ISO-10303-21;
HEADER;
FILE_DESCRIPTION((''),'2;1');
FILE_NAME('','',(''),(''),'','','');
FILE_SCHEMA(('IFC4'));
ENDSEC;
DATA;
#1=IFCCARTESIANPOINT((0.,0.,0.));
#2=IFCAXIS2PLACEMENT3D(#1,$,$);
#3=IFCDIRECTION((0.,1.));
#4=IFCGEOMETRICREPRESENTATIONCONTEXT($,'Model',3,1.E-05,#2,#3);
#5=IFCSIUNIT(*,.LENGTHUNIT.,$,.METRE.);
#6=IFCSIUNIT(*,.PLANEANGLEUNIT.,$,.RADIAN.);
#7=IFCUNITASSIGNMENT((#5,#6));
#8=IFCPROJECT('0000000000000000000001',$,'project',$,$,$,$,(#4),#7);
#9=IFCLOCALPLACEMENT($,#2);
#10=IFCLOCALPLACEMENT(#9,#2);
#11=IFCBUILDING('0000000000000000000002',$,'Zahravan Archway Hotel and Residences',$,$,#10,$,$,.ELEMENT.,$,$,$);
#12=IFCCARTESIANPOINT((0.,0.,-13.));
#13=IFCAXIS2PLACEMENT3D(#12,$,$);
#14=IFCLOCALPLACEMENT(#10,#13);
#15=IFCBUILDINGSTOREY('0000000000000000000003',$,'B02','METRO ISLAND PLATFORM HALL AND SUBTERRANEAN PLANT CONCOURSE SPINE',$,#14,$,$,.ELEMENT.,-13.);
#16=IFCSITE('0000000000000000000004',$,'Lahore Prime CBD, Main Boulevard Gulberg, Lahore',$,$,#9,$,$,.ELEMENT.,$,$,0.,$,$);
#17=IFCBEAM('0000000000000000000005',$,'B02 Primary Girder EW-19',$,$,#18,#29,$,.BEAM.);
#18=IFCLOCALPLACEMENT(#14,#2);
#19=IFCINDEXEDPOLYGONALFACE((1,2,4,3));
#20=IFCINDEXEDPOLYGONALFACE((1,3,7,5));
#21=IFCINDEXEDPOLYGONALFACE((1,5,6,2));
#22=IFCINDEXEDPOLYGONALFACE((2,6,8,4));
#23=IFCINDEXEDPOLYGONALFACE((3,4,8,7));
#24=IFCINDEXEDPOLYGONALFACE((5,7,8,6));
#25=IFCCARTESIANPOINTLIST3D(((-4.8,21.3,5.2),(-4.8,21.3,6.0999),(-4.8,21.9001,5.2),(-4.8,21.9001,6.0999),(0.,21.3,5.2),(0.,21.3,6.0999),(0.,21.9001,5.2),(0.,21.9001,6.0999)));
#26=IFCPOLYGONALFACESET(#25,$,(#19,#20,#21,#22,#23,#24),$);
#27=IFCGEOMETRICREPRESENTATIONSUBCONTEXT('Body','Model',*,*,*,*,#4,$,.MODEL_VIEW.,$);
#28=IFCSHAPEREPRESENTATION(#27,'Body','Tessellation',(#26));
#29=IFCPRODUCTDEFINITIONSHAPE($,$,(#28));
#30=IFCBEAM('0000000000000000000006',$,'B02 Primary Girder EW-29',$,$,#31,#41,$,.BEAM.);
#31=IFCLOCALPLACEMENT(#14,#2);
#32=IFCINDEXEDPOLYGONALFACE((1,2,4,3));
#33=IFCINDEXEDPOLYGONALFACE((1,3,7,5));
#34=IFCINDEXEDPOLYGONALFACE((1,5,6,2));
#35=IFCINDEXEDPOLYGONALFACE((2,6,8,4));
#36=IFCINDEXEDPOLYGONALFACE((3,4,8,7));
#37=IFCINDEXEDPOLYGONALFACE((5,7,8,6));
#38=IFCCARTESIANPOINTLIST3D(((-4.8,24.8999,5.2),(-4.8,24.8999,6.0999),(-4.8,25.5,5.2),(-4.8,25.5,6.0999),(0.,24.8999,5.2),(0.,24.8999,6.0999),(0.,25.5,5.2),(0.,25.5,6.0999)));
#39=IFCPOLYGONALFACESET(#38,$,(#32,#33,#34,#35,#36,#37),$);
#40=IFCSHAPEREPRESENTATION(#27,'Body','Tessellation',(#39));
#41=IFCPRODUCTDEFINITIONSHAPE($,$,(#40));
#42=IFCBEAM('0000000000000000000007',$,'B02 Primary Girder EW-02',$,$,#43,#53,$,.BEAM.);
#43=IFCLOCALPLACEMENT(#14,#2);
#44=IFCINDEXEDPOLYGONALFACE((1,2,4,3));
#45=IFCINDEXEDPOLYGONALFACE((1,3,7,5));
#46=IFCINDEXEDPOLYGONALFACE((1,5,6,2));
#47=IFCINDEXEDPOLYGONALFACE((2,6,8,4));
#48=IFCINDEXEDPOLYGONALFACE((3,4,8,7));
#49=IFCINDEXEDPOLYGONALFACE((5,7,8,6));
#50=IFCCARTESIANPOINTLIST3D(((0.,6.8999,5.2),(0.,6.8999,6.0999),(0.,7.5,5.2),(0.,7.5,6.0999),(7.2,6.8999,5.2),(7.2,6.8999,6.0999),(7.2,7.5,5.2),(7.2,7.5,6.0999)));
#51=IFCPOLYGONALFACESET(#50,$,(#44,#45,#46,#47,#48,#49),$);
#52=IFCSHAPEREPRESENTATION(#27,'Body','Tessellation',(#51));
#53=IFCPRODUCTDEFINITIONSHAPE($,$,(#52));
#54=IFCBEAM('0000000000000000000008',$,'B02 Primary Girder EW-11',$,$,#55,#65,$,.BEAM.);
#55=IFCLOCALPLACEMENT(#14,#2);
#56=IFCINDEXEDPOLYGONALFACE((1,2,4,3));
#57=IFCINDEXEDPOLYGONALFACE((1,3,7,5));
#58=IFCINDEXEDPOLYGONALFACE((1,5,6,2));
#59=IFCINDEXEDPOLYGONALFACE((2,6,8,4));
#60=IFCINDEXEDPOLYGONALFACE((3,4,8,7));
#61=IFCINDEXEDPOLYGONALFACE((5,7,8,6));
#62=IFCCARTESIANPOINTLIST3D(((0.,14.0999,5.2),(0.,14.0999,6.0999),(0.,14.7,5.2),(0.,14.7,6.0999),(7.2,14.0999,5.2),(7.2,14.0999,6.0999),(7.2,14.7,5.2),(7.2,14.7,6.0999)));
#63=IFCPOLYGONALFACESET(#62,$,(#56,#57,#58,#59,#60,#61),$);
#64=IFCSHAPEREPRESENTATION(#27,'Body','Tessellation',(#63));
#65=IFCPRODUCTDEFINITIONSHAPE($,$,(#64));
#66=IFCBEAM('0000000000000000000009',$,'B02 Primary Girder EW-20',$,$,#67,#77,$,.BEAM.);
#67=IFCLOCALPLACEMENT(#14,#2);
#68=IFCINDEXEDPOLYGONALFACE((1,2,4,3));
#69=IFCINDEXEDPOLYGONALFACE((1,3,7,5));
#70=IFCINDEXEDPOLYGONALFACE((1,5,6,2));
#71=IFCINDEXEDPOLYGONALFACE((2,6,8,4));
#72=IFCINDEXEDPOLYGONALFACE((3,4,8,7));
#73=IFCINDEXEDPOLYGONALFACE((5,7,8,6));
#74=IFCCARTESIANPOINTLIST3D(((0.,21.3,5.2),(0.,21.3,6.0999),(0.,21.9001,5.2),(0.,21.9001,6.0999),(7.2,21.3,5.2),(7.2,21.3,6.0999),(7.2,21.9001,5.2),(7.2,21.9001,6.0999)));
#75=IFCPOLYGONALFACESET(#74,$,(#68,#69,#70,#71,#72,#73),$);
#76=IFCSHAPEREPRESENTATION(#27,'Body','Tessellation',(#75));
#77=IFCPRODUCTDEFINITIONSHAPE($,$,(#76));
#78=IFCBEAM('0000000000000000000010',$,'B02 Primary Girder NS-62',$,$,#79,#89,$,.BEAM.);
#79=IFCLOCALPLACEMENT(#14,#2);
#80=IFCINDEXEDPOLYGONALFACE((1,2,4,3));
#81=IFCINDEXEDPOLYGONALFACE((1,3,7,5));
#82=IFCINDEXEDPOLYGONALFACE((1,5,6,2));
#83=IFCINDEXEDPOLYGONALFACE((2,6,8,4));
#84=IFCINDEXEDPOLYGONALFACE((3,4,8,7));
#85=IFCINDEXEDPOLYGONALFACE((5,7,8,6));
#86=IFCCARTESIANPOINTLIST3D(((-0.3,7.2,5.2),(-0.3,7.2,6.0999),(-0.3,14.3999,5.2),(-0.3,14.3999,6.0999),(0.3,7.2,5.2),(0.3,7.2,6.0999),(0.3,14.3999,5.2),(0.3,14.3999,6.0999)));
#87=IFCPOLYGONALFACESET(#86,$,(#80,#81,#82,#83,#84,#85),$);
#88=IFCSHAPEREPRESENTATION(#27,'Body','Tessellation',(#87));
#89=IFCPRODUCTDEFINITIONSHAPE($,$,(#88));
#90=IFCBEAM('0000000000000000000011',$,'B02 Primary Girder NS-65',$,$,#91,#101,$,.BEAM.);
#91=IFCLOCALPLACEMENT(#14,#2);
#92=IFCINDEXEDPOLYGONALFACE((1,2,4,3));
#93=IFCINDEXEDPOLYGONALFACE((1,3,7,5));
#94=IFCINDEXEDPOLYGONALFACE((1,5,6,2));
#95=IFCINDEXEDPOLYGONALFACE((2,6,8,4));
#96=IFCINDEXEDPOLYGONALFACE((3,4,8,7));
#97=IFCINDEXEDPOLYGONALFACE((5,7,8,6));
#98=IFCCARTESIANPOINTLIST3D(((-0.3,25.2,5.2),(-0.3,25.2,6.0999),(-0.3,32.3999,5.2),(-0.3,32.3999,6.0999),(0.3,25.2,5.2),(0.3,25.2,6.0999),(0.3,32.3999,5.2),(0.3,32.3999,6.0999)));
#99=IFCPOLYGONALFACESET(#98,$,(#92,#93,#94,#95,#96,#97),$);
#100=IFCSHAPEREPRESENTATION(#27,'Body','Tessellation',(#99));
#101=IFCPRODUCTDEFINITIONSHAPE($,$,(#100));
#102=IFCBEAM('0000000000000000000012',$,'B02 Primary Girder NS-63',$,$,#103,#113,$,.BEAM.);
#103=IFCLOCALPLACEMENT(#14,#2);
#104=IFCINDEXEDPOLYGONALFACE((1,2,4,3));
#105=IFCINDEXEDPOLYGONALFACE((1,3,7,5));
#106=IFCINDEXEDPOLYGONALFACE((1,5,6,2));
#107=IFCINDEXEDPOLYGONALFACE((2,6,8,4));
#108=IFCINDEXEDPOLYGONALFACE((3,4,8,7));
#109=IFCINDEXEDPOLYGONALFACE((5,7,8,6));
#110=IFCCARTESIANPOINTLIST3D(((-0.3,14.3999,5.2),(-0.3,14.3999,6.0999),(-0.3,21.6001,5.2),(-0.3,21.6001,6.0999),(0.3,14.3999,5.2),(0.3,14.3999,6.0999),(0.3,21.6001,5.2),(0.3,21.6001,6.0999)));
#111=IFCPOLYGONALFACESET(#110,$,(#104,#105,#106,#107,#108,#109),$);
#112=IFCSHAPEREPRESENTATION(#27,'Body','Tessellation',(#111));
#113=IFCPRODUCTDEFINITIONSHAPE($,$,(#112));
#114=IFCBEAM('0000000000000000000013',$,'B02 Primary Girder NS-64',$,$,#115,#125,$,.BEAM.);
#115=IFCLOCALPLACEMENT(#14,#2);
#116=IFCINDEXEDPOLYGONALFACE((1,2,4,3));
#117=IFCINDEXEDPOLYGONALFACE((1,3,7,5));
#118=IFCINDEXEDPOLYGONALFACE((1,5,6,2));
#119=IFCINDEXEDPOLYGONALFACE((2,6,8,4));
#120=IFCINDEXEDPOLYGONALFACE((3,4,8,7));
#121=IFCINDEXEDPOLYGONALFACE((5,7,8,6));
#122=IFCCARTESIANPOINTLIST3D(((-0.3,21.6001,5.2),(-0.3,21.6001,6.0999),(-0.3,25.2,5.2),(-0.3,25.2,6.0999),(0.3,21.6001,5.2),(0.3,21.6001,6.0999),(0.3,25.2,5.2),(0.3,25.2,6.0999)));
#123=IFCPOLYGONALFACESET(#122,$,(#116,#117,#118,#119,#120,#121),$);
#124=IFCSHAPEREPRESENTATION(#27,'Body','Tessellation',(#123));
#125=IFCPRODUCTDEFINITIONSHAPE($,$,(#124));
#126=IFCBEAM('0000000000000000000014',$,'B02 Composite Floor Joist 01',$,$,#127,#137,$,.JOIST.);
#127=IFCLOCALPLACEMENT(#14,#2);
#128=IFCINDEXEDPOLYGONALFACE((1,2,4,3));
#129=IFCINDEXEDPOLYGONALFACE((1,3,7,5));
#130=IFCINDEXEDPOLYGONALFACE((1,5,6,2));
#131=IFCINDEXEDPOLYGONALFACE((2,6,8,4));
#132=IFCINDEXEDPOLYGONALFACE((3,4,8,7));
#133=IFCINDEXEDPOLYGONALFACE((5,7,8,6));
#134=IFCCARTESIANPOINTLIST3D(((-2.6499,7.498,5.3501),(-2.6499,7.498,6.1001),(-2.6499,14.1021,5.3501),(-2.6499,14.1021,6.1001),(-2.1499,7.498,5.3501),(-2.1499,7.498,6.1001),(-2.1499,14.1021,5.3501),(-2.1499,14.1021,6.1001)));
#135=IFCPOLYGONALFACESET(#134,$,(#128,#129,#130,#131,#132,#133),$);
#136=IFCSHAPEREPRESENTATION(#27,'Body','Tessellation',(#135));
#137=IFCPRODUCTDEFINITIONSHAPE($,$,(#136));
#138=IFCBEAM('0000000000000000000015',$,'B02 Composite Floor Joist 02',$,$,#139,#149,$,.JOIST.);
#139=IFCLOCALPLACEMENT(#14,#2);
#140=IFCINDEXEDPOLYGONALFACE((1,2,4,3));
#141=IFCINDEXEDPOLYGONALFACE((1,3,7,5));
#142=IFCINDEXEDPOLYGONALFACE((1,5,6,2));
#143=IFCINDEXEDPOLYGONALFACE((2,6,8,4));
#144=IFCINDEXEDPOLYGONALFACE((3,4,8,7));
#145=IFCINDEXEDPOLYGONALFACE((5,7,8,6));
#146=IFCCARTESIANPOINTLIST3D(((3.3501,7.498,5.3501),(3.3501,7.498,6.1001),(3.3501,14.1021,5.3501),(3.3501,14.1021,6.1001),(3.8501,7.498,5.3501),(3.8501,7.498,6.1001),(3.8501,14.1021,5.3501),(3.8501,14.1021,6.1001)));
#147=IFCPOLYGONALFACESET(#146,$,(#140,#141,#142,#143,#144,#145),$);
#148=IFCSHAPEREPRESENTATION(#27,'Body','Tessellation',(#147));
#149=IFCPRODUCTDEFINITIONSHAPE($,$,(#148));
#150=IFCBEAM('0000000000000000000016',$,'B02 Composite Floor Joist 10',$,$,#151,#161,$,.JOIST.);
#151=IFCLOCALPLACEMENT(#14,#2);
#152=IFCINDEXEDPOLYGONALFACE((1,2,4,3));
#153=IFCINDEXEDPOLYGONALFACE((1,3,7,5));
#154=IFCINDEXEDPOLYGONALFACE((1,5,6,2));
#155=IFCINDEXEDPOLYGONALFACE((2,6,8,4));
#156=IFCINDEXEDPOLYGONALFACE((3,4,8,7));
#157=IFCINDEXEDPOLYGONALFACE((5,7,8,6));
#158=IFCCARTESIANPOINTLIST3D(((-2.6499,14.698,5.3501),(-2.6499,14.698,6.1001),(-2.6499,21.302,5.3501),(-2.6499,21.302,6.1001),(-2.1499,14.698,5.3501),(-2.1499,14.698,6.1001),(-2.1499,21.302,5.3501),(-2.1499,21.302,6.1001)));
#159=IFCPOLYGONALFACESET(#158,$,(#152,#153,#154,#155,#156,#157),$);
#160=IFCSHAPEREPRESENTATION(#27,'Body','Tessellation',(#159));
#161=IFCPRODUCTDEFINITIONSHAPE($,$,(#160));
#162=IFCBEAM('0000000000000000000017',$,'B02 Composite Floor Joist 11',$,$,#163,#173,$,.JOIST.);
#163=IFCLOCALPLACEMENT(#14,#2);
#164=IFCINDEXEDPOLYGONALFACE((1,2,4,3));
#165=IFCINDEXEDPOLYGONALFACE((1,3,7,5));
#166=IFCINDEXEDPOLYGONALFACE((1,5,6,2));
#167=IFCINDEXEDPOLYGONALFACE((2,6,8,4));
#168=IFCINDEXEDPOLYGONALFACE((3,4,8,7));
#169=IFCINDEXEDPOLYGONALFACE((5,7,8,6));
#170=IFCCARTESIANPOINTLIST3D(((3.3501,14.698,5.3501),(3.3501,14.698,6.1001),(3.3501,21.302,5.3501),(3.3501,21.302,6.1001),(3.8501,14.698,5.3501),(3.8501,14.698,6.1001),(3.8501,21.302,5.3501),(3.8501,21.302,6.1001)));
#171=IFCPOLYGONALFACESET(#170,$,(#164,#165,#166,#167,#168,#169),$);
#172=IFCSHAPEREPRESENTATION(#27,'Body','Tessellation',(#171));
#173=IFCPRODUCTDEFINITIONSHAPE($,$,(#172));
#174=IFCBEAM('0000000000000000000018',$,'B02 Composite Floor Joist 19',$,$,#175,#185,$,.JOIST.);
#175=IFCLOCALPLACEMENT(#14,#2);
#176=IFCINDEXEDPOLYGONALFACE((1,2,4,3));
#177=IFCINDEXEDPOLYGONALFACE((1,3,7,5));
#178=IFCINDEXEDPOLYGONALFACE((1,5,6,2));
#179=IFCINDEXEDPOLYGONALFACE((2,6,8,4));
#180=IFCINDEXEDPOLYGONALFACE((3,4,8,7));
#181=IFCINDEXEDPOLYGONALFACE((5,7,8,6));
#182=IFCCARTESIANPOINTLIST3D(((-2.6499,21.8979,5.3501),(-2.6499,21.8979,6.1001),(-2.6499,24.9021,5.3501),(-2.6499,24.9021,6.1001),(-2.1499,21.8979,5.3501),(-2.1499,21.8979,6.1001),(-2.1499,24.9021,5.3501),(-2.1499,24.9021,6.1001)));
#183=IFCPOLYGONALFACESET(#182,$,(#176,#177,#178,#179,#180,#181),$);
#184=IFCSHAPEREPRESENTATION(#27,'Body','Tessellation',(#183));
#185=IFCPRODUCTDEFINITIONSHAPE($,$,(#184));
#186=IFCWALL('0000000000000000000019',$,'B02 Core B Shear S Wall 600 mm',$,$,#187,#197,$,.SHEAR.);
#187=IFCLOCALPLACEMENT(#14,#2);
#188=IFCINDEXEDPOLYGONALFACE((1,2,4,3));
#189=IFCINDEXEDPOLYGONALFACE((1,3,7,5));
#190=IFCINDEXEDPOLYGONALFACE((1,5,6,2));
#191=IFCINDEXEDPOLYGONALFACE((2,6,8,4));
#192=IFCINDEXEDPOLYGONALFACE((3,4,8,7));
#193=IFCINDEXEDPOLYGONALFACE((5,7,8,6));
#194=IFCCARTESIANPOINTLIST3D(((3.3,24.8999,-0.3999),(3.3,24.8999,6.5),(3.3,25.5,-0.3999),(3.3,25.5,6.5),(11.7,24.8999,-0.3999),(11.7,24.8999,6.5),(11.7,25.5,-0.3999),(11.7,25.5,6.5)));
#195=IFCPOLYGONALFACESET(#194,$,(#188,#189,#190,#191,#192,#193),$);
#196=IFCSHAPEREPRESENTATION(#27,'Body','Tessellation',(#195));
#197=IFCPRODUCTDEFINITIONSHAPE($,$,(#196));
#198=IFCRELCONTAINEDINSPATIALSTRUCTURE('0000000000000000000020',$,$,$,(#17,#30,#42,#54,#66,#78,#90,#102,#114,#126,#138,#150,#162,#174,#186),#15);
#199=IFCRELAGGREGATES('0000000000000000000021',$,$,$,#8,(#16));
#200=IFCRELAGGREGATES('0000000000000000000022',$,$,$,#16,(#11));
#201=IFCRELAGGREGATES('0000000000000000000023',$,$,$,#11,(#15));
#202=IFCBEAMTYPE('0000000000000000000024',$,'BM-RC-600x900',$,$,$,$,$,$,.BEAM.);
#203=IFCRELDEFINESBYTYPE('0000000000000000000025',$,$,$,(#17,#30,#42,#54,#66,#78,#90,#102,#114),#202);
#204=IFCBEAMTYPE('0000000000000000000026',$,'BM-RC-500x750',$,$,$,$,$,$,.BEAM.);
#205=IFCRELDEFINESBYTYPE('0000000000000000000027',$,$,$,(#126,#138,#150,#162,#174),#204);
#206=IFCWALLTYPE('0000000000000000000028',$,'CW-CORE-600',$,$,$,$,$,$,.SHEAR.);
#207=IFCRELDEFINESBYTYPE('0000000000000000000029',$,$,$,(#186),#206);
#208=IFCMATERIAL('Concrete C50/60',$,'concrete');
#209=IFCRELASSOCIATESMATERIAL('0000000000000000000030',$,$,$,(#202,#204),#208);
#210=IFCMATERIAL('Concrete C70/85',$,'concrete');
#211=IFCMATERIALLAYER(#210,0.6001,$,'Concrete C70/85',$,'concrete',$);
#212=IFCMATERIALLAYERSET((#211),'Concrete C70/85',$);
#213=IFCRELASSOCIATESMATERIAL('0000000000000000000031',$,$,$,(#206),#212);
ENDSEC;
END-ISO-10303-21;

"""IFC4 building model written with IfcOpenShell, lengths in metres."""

from ifc_helpers import new_model, si_unit, direction, frame, frame_2d, origin, origin_2d, place, context, subcontext, project, spatial, rectangle, extrude, source, transform, mapped, material, layer, layer_set, material_profile, profile_set, type_object, type_shapes, element, save


model = new_model("IFC4")

# Units and contexts
model_context = context("Model", 3, precision=1e-05, world=origin(), true_north=direction((0.0, 1.0)))
body_context = subcontext(model_context, "Body", "Model", "MODEL_VIEW")
ifc_project = project(units=[si_unit("LENGTHUNIT", "METRE"), si_unit("PLANEANGLEUNIT", "RADIAN")], contexts=[model_context])

# Site, building, storey
site_placement = place(None, origin())
site = spatial("IfcSite", under=ifc_project, at=site_placement, Name="Lahore Prime CBD, Main Boulevard Gulberg, Lahore", CompositionType="ELEMENT", RefElevation=0.0)
building_placement = place(site_placement, origin())
building = spatial("IfcBuilding", under=site, at=building_placement, Name="Zahravan Archway Hotel and Residences", CompositionType="ELEMENT")
storey_placement = place(building_placement, frame((0.0, 0.0, -13.0)))
storey = spatial("IfcBuildingStorey", under=building, at=storey_placement, Name="B02", Description="METRO ISLAND PLATFORM HALL AND SUBTERRANEAN PLANT CONCOURSE SPINE", CompositionType="ELEMENT", Elevation=-13.0)

# Shared definitions
ifc_material_1 = material(Name="Concrete C50/60", Category="concrete")

# Shared definitions
ifc_material_2 = material(Name="Concrete C70/85", Category="concrete")

# Beams
ifc_material_profile_1 = material_profile(ifc_material_1, rectangle(XDim=0.6001, YDim=0.8999, at=origin_2d()), Name="RC-BM-600x900", Category="concrete")
ifc_profile_set_1 = profile_set([ifc_material_profile_1], Name="Concrete C50/60")
beam_type_1 = type_object("IfcBeamType", Name="BM-RC-600x900", PredefinedType="BEAM", material=ifc_profile_set_1)
shared_shape_1 = source(origin(), body_context, "Body", "SweptSolid", [
    extrude(rectangle(XDim=0.6001, YDim=0.8999, at=origin_2d()), origin(), (0.0, 0.0, 1.0), 4.8),
])
type_shapes(beam_type_1, [shared_shape_1])
for number, where, z_axis, x_axis, name in (
    (1, (-4.8, 21.6001, 5.6499), (1.0, 0.0, 0.0), (0.0, 1.0, 0.0), "B02 Primary Girder EW-19"),
    (2, (-4.8, 25.2, 5.6499), (1.0, 0.0, 0.0), (0.0, 1.0, 0.0), "B02 Primary Girder EW-29"),
):
    element("IfcBeam", number, at=place(storey_placement, frame(where, z_axis=z_axis, x_axis=x_axis)), inside=storey, type_object=beam_type_1, Name=name, PredefinedType="BEAM", context=body_context, shape_type="MappedRepresentation", body=[
        mapped(shared_shape_1, transform((0.0, 0.0, 0.0), scale=1.0)),
    ])
shared_shape_2 = source(origin(), body_context, "Body", "SweptSolid", [
    extrude(rectangle(XDim=0.6001, YDim=0.8999, at=origin_2d()), origin(), (0.0, 0.0, 1.0), 7.2),
])
for number, where, z_axis, x_axis, name in (
    (3, (0.0, 7.2, 5.6499), (1.0, 0.0, 0.0), (0.0, 1.0, 0.0), "B02 Primary Girder EW-02"),
    (4, (0.0, 14.3999, 5.6499), (1.0, 0.0, 0.0), (0.0, 1.0, 0.0), "B02 Primary Girder EW-11"),
    (5, (0.0, 21.6001, 5.6499), (1.0, 0.0, 0.0), (0.0, 1.0, 0.0), "B02 Primary Girder EW-20"),
    (6, (0.0, 7.2, 5.6499), (0.0, 1.0, 0.0), (-1.0, 0.0, 0.0), "B02 Primary Girder NS-62"),
    (7, (0.0, 25.2, 5.6499), (0.0, 1.0, 0.0), (-1.0, 0.0, 0.0), "B02 Primary Girder NS-65"),
):
    element("IfcBeam", number, at=place(storey_placement, frame(where, z_axis=z_axis, x_axis=x_axis)), inside=storey, type_object=beam_type_1, Name=name, PredefinedType="BEAM", context=body_context, shape_type="MappedRepresentation", body=[
        mapped(shared_shape_2, transform((0.0, 0.0, 0.0), scale=1.0)),
    ])
shared_shape_3 = source(origin(), body_context, "Body", "SweptSolid", [
    extrude(rectangle(XDim=0.6001, YDim=0.8999, at=origin_2d()), origin(), (0.0, 0.0, 1.0), 7.2002),
])
beam_1_placement = place(storey_placement, frame((0.0, 14.3999, 5.6499), z_axis=(0.0, 1.0, 0.0), x_axis=(-1.0, 0.0, 0.0)))
element("IfcBeam", 8, at=beam_1_placement, inside=storey, type_object=beam_type_1, Name="B02 Primary Girder NS-63", PredefinedType="BEAM", context=body_context, shape_type="MappedRepresentation", body=[
    mapped(shared_shape_3, transform((0.0, 0.0, 0.0), scale=1.0)),
])
shared_shape_4 = source(origin(), body_context, "Body", "SweptSolid", [
    extrude(rectangle(XDim=0.6001, YDim=0.8999, at=origin_2d()), origin(), (0.0, 0.0, 1.0), 3.5999),
])
beam_2_placement = place(storey_placement, frame((0.0, 21.6001, 5.6499), z_axis=(0.0, 1.0, 0.0), x_axis=(-1.0, 0.0, 0.0)))
element("IfcBeam", 9, at=beam_2_placement, inside=storey, type_object=beam_type_1, Name="B02 Primary Girder NS-64", PredefinedType="BEAM", context=body_context, shape_type="MappedRepresentation", body=[
    mapped(shared_shape_4, transform((0.0, 0.0, 0.0), scale=1.0)),
])
ifc_material_profile_2 = material_profile(ifc_material_1, rectangle(XDim=0.5, YDim=0.75, at=origin_2d()), Name="RC-BM-500x750", Category="concrete")
ifc_profile_set_2 = profile_set([ifc_material_profile_2], Name="Concrete C50/60")
beam_type_2 = type_object("IfcBeamType", Name="BM-RC-500x750", PredefinedType="BEAM", material=ifc_profile_set_2)
shared_shape_5 = source(origin(), body_context, "Body", "SweptSolid", [
    extrude(rectangle(XDim=0.5, YDim=0.75, at=origin_2d()), origin(), (0.0, 0.0, 1.0), 6.604),
])
type_shapes(beam_type_2, [shared_shape_5])
for number, where, z_axis, x_axis, name in (
    (10, (-2.3999, 7.498, 5.7251), (0.0, 1.0, 0.0), (-1.0, 0.0, 0.0), "B02 Composite Floor Joist 01"),
    (11, (3.6001, 7.498, 5.7251), (0.0, 1.0, 0.0), (-1.0, 0.0, 0.0), "B02 Composite Floor Joist 02"),
    (12, (-2.3999, 14.698, 5.7251), (0.0, 1.0, 0.0), (-1.0, 0.0, 0.0), "B02 Composite Floor Joist 10"),
    (13, (3.6001, 14.698, 5.7251), (0.0, 1.0, 0.0), (-1.0, 0.0, 0.0), "B02 Composite Floor Joist 11"),
):
    element("IfcBeam", number, at=place(storey_placement, frame(where, z_axis=z_axis, x_axis=x_axis)), inside=storey, type_object=beam_type_2, Name=name, PredefinedType="JOIST", context=body_context, shape_type="MappedRepresentation", body=[
        mapped(shared_shape_5, transform((0.0, 0.0, 0.0), scale=1.0)),
    ])
shared_shape_6 = source(origin(), body_context, "Body", "SweptSolid", [
    extrude(rectangle(XDim=0.5, YDim=0.75, at=origin_2d()), origin(), (0.0, 0.0, 1.0), 3.0042),
])
beam_3_placement = place(storey_placement, frame((-2.3999, 21.8979, 5.7251), z_axis=(0.0, 1.0, 0.0), x_axis=(-1.0, 0.0, 0.0)))
element("IfcBeam", 14, at=beam_3_placement, inside=storey, type_object=beam_type_2, Name="B02 Composite Floor Joist 19", PredefinedType="JOIST", context=body_context, shape_type="MappedRepresentation", body=[
    mapped(shared_shape_6, transform((0.0, 0.0, 0.0), scale=1.0)),
])

# Wall
ifc_layer_1 = layer(ifc_material_2, 0.6001, Name="Concrete C70/85", Category="concrete")
ifc_layer_set_1 = layer_set([ifc_layer_1], Name="Concrete C70/85")
wall_type_1 = type_object("IfcWallType", Name="CW-CORE-600", PredefinedType="SHEAR", material=ifc_layer_set_1)
wall_1_placement = place(storey_placement, frame((3.3, 25.2, -0.3999), z_axis=(0.0, 0.0, 1.0), x_axis=(1.0, 0.0, 0.0)))
element("IfcWall", 15, at=wall_1_placement, inside=storey, type_object=wall_type_1, Name="B02 Core B Shear S Wall 600 mm", PredefinedType="SHEAR", context=body_context, shape_type="SweptSolid", body=[
    extrude(rectangle(XDim=8.3999, YDim=0.6001, at=frame_2d((4.2, 0.0))), origin(), (0.0, 0.0, 1.0), 6.8999),
])

save(model, "model.ifc")
